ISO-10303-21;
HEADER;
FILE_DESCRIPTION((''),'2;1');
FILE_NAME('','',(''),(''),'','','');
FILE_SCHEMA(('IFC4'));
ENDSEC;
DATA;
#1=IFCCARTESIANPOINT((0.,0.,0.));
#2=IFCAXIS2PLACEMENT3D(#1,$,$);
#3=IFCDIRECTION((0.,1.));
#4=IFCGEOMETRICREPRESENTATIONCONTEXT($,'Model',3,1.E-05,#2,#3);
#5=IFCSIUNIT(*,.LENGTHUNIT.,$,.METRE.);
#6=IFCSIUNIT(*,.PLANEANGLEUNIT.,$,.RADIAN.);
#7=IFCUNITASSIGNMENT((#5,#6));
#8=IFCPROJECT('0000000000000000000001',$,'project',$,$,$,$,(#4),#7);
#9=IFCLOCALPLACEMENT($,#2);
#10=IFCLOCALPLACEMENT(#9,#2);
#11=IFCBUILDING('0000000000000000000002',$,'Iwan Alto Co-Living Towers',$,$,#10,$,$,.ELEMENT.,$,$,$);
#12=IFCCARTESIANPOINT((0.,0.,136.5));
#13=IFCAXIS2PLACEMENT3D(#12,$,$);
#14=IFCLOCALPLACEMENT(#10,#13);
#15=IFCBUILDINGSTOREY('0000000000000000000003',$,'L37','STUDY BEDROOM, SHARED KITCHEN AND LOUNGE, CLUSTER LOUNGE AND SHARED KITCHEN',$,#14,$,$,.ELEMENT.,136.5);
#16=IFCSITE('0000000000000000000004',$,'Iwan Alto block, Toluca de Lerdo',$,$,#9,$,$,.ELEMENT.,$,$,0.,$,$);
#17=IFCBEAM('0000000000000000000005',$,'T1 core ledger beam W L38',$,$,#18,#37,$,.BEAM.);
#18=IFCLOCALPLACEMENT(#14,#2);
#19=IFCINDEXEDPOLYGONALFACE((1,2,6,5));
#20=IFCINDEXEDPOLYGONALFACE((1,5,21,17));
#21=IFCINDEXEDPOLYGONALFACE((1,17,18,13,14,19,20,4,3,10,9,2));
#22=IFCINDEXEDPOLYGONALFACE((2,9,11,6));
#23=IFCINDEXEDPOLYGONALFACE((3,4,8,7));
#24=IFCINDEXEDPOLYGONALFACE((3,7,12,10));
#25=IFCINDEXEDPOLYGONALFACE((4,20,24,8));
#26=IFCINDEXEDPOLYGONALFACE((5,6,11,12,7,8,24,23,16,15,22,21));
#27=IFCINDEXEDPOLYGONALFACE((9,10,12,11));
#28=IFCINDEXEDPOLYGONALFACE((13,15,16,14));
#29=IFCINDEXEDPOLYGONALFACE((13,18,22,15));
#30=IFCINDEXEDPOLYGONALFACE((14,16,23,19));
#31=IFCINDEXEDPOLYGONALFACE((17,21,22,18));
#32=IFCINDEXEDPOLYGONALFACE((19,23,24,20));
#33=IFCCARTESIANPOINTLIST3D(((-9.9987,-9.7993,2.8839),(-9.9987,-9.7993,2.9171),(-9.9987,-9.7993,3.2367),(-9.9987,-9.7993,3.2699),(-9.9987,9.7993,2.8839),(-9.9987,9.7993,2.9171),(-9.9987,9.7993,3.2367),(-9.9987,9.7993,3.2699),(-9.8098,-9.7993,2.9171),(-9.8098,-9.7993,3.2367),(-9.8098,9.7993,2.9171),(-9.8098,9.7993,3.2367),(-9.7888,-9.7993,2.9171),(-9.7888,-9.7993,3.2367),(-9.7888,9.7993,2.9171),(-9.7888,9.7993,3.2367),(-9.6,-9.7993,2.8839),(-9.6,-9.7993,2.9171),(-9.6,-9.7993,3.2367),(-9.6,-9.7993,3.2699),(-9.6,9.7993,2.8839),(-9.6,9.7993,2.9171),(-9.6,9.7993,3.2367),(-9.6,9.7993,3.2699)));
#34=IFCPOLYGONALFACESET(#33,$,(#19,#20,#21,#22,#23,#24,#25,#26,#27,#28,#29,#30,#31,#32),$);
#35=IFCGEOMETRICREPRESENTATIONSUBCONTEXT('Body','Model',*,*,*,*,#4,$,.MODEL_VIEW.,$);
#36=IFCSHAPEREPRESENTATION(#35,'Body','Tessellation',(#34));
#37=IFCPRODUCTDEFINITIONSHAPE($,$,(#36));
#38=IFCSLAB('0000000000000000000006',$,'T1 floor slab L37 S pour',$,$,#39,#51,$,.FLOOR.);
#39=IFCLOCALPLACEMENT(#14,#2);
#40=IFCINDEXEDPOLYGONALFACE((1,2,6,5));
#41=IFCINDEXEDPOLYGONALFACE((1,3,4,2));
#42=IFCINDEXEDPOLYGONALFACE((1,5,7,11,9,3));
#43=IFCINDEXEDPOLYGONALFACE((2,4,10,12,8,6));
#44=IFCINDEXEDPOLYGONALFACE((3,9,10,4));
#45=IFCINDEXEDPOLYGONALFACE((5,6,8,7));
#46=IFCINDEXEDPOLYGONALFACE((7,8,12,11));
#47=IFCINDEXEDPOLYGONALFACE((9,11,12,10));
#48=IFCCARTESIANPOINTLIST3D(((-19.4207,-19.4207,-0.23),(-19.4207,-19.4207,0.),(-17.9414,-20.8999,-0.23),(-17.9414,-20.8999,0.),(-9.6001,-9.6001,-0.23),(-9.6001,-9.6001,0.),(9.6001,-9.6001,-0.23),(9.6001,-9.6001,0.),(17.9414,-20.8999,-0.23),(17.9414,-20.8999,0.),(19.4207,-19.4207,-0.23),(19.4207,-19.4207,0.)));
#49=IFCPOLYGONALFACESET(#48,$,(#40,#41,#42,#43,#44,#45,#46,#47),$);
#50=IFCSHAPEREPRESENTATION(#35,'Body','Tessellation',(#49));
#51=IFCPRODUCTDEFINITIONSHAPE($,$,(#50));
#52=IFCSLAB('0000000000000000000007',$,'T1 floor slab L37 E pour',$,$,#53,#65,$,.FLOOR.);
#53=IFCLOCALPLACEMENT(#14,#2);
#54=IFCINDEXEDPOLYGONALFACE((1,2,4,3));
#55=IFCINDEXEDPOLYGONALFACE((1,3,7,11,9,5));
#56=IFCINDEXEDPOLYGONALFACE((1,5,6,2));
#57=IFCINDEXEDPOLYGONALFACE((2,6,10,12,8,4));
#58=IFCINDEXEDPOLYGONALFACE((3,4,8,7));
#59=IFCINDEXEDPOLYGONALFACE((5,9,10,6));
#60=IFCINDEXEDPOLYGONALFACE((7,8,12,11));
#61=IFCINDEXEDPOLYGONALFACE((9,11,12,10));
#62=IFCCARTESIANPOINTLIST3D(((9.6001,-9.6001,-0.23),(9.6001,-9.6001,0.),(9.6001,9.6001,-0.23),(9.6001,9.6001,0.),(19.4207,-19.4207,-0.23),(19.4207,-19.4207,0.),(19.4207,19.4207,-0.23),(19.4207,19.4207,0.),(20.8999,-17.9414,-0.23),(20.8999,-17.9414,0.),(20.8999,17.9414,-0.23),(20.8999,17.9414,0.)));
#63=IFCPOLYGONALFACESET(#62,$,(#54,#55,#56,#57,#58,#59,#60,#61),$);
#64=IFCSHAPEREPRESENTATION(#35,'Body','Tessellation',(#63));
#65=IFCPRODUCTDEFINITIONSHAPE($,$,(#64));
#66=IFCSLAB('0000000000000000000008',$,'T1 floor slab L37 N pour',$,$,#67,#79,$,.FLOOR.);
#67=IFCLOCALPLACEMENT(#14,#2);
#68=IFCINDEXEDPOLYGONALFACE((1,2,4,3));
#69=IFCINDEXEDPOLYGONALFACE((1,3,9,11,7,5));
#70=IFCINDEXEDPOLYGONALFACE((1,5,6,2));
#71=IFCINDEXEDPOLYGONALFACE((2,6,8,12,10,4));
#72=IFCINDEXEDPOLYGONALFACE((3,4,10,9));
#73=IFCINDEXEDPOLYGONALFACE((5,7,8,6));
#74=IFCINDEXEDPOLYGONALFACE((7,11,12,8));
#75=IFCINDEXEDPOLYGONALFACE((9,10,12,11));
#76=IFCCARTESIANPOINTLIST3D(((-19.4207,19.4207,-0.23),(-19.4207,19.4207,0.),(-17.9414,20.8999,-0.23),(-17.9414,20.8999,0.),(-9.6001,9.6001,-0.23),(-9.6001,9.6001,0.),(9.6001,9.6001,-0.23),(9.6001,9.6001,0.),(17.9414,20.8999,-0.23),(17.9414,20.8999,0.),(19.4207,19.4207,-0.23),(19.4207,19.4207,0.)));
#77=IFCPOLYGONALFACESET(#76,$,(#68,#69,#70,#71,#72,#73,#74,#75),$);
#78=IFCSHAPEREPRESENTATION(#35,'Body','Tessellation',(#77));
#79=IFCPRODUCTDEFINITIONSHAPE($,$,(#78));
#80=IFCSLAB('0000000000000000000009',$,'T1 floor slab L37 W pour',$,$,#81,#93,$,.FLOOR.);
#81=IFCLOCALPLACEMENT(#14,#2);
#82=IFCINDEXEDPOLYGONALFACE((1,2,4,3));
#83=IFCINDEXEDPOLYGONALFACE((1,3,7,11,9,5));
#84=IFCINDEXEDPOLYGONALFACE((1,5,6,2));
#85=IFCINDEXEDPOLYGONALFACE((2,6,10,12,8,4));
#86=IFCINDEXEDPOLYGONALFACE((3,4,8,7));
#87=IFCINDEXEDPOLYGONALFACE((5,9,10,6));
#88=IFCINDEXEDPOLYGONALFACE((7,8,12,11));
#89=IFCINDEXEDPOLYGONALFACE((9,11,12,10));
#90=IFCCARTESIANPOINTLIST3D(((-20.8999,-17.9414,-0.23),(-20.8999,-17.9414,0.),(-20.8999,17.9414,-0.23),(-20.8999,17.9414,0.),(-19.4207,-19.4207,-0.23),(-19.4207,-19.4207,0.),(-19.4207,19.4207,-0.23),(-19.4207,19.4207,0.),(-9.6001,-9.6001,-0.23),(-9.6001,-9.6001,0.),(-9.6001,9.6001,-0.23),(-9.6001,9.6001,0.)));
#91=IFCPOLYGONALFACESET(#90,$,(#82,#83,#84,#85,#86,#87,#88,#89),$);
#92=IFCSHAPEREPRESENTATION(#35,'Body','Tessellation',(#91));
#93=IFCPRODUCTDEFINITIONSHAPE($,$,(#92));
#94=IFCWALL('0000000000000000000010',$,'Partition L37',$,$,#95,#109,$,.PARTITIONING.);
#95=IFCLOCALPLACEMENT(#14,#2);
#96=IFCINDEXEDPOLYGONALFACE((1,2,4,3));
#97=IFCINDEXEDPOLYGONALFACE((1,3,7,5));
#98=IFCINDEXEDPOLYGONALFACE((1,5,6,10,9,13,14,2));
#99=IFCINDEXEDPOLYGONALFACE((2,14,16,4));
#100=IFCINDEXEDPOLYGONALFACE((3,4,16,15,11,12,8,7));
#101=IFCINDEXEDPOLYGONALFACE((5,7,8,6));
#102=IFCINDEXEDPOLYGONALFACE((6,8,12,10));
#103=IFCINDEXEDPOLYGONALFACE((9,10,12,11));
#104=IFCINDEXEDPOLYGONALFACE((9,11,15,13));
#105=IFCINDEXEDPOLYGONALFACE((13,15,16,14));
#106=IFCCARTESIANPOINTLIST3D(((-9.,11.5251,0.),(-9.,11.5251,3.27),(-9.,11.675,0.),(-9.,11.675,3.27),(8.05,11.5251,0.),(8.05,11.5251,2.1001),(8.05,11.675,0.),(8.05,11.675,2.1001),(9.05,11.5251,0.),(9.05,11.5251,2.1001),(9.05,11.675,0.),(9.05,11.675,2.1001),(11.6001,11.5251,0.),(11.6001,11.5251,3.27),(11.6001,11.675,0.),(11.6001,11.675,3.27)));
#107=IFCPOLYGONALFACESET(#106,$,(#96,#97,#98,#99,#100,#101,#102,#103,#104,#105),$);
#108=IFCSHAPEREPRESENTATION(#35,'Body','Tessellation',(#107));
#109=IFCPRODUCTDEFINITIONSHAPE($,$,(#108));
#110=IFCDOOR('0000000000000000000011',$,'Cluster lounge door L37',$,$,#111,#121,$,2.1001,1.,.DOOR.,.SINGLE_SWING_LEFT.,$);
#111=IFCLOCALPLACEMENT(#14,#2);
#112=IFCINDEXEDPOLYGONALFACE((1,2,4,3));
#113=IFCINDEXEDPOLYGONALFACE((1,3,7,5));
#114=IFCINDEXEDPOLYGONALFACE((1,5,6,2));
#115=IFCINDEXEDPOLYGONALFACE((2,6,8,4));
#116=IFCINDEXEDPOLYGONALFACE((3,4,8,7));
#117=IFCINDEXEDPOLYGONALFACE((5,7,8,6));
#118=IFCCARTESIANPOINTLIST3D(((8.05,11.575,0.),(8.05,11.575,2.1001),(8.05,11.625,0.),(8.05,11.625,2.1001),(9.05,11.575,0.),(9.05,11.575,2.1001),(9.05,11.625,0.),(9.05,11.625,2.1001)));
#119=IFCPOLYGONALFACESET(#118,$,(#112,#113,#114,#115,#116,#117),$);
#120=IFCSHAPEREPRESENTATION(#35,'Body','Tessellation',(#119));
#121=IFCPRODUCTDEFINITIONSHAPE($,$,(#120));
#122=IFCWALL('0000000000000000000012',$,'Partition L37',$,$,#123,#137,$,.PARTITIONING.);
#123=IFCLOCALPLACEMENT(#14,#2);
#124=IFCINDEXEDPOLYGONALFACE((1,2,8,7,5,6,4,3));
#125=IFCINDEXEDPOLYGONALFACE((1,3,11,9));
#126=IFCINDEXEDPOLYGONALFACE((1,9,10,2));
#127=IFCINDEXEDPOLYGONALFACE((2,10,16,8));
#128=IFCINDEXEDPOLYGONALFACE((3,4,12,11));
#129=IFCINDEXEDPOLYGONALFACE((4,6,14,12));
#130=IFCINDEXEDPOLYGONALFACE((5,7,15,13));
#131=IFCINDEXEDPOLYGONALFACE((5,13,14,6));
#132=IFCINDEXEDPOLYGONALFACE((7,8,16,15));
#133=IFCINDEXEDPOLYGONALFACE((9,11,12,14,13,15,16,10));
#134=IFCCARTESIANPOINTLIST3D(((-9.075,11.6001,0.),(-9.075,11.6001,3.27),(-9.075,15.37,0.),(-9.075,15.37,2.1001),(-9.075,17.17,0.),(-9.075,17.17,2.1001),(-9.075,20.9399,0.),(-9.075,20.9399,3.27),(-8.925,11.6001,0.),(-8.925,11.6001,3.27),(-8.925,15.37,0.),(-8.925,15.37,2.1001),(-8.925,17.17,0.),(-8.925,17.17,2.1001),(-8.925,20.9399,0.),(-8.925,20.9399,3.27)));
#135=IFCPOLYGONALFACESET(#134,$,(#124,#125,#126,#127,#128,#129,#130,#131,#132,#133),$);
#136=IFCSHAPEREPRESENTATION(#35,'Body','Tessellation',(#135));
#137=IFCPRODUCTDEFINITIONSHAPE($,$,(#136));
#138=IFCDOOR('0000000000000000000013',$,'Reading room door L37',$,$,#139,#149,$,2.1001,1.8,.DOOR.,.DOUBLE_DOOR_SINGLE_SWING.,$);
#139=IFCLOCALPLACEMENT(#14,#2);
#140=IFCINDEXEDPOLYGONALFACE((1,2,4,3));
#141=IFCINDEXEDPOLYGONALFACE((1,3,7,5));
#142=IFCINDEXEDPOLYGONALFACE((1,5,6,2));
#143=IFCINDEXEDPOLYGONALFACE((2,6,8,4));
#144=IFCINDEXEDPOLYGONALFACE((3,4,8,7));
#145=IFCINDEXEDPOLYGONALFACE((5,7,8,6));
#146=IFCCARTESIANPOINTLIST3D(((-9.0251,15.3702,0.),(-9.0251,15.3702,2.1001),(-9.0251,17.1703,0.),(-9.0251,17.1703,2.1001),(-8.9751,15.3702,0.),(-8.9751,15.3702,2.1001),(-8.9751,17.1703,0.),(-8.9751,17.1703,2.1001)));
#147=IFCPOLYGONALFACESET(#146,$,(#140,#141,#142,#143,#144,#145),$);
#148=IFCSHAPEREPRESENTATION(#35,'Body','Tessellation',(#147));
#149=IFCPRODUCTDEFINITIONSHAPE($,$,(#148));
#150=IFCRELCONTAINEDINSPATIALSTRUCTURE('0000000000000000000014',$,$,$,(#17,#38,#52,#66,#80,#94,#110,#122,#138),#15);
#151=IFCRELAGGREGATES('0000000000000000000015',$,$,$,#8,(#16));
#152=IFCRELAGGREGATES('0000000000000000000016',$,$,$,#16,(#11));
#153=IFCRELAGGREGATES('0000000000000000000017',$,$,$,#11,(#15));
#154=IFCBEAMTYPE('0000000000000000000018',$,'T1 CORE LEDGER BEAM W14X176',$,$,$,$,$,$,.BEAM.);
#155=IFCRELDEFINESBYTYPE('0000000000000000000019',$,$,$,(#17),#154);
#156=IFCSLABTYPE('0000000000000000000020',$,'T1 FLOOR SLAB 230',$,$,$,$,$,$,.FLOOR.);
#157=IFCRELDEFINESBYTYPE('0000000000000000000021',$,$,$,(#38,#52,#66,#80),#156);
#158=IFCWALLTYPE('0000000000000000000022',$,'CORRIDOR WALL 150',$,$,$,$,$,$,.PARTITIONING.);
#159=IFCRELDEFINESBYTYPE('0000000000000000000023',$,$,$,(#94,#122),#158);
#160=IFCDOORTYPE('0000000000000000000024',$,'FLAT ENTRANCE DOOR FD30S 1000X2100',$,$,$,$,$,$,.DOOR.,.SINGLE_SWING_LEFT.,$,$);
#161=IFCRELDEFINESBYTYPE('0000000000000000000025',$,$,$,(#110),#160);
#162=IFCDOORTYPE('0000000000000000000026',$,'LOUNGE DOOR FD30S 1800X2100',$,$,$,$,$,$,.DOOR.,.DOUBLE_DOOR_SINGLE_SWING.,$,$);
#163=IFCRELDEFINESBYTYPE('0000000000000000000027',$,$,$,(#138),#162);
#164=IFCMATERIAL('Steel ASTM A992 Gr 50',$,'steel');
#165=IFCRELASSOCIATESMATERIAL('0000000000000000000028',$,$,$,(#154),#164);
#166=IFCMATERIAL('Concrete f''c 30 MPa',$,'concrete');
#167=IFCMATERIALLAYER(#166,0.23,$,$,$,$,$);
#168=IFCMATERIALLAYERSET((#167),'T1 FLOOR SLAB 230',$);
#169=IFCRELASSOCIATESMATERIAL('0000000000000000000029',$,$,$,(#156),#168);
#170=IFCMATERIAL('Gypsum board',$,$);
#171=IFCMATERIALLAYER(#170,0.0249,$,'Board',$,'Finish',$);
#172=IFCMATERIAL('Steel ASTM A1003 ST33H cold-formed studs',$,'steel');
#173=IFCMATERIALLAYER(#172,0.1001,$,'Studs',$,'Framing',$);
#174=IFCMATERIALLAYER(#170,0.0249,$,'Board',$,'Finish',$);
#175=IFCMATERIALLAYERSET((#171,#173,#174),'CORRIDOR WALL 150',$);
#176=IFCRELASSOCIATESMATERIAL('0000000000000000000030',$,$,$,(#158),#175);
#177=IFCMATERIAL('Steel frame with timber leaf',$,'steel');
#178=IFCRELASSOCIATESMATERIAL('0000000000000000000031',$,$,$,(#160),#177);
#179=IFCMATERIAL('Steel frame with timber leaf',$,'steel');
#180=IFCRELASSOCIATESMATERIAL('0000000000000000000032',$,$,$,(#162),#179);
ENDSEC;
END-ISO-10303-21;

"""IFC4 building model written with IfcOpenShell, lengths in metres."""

from ifc_helpers import new_model, si_unit, direction, frame, frame_2d, origin, origin_2d, place, context, subcontext, project, spatial, polyline, rectangle, i_section, outline, extrude, material, layer, layer_set, material_profile, profile_set, type_object, element, fill, save


model = new_model("IFC4")

# Units and contexts
model_context = context("Model", 3, precision=1e-05, world=origin(), true_north=direction((0.0, 1.0)))
body_context = subcontext(model_context, "Body", "Model", "MODEL_VIEW")
ifc_project = project(units=[si_unit("LENGTHUNIT", "METRE"), si_unit("PLANEANGLEUNIT", "RADIAN")], contexts=[model_context])

# Site, building, storey
site_placement = place(None, origin())
site = spatial("IfcSite", under=ifc_project, at=site_placement, Name="Iwan Alto block, Toluca de Lerdo", CompositionType="ELEMENT", RefElevation=0.0)
building_placement = place(site_placement, origin())
building = spatial("IfcBuilding", under=site, at=building_placement, Name="Iwan Alto Co-Living Towers", CompositionType="ELEMENT")
storey_placement = place(building_placement, frame((0.0, 0.0, 136.5)))
storey = spatial("IfcBuildingStorey", under=building, at=storey_placement, Name="L37", Description="STUDY BEDROOM, SHARED KITCHEN AND LOUNGE, CLUSTER LOUNGE AND SHARED KITCHEN", CompositionType="ELEMENT", Elevation=136.5)

# Beam
ifc_material_1 = material(Name="Steel ASTM A992 Gr 50", Category="steel")
ifc_material_profile = material_profile(ifc_material_1, i_section(OverallWidth=0.3987, OverallDepth=0.386, WebThickness=0.021, FlangeThickness=0.0332, at=origin_2d()), Name="W14X176")
ifc_profile_set = profile_set([ifc_material_profile], Name="Steel ASTM A992 Gr 50")
beam_type = type_object("IfcBeamType", Name="T1 CORE LEDGER BEAM W14X176", PredefinedType="BEAM", material=ifc_profile_set)
beam_placement = place(storey_placement, frame((-9.7993, 9.7993, 3.0769), z_axis=(0.0, -1.0, 0.0), x_axis=(1.0, 0.0, 0.0)))
element("IfcBeam", 1, at=beam_placement, inside=storey, type_object=beam_type, Name="T1 core ledger beam W L38", PredefinedType="BEAM", context=body_context, shape_type="SweptSolid", body=[
    extrude(i_section(OverallWidth=0.3987, OverallDepth=0.386, WebThickness=0.021, FlangeThickness=0.0332, at=origin_2d()), origin(), (0.0, 0.0, 1.0), 19.5986),
])

# Slabs
ifc_material_2 = material(Name="Concrete f'c 30 MPa", Category="concrete")
ifc_layer_1 = layer(ifc_material_2, 0.23)
ifc_layer_set_1 = layer_set([ifc_layer_1], Name="T1 FLOOR SLAB 230")
slab_type = type_object("IfcSlabType", Name="T1 FLOOR SLAB 230", PredefinedType="FLOOR", material=ifc_layer_set_1)
slab_1_placement = place(storey_placement, frame((0.0, 0.0, -0.23)))
element("IfcSlab", 2, at=slab_1_placement, inside=storey, type_object=slab_type, Name="T1 floor slab L37 S pour", PredefinedType="FLOOR", context=body_context, shape_type="SweptSolid", body=[
    extrude(outline(polyline([(17.9414, -20.8999), (-17.9414, -20.8999), (-19.4207, -19.4207), (-9.6001, -9.6001), (9.6001, -9.6001), (19.4207, -19.4207), (17.9414, -20.8999)])), origin(), (0.0, 0.0, 1.0), 0.23),
])
slab_2_placement = place(storey_placement, frame((0.0, 0.0, -0.23)))
element("IfcSlab", 3, at=slab_2_placement, inside=storey, type_object=slab_type, Name="T1 floor slab L37 E pour", PredefinedType="FLOOR", context=body_context, shape_type="SweptSolid", body=[
    extrude(outline(polyline([(20.8999, 17.9414), (20.8999, -17.9414), (19.4207, -19.4207), (9.6001, -9.6001), (9.6001, 9.6001), (19.4207, 19.4207), (20.8999, 17.9414)])), origin(), (0.0, 0.0, 1.0), 0.23),
])
slab_3_placement = place(storey_placement, frame((0.0, 0.0, -0.23)))
element("IfcSlab", 4, at=slab_3_placement, inside=storey, type_object=slab_type, Name="T1 floor slab L37 N pour", PredefinedType="FLOOR", context=body_context, shape_type="SweptSolid", body=[
    extrude(outline(polyline([(-17.9414, 20.8999), (17.9414, 20.8999), (19.4207, 19.4207), (9.6001, 9.6001), (-9.6001, 9.6001), (-19.4207, 19.4207), (-17.9414, 20.8999)])), origin(), (0.0, 0.0, 1.0), 0.23),
])
slab_4_placement = place(storey_placement, frame((0.0, 0.0, -0.23)))
element("IfcSlab", 5, at=slab_4_placement, inside=storey, type_object=slab_type, Name="T1 floor slab L37 W pour", PredefinedType="FLOOR", context=body_context, shape_type="SweptSolid", body=[
    extrude(outline(polyline([(-20.8999, 17.9414), (-19.4207, 19.4207), (-9.6001, 9.6001), (-9.6001, -9.6001), (-19.4207, -19.4207), (-20.8999, -17.9414), (-20.8999, 17.9414)])), origin(), (0.0, 0.0, 1.0), 0.23),
])

# Walls, openings, doors
ifc_material_3 = material(Name="Gypsum board")
ifc_layer_2 = layer(ifc_material_3, 0.0249, Name="Board", Category="Finish")
ifc_material_4 = material(Name="Steel ASTM A1003 ST33H cold-formed studs", Category="steel")
ifc_layer_3 = layer(ifc_material_4, 0.1001, Name="Studs", Category="Framing")
ifc_layer_4 = layer(ifc_material_3, 0.0249, Name="Board", Category="Finish")
ifc_layer_set_2 = layer_set([ifc_layer_2, ifc_layer_3, ifc_layer_4], Name="CORRIDOR WALL 150")
wall_type_1 = type_object("IfcWallType", Name="CORRIDOR WALL 150", PredefinedType="PARTITIONING", material=ifc_layer_set_2)
wall_1_placement = place(storey_placement, frame((-9.0, 11.6001, 0.0), z_axis=(0.0, 0.0, 1.0), x_axis=(1.0, 0.0, 0.0)))
wall_1 = element("IfcWall", 6, at=wall_1_placement, inside=storey, type_object=wall_type_1, Name="Partition L37", PredefinedType="PARTITIONING", context=body_context, shape_type="SweptSolid", body=[
    extrude(rectangle(XDim=20.6001, YDim=0.1499, at=frame_2d((10.3, 0.0))), origin(), (0.0, 0.0, 1.0), 3.27),
])
opening_1_placement = place(wall_1_placement, frame((17.05, 0.0, 0.0)))
opening_1 = element("IfcOpeningElement", 7, at=opening_1_placement, cuts=wall_1, PredefinedType="OPENING", context=body_context, shape_type="SweptSolid", body=[
    extrude(rectangle(XDim=1.0, YDim=2.1001, at=frame_2d((0.5, 1.05))), frame((0.0, 0.085, 0.0), z_axis=(0.0, -1.0, 0.0), x_axis=(1.0, 0.0, 0.0)), (0.0, 0.0, 1.0), 0.1699),
])
ifc_material_5 = material(Name="Steel frame with timber leaf", Category="steel")
door_type_1 = type_object("IfcDoorType", Name="FLAT ENTRANCE DOOR FD30S 1000X2100", OperationType="SINGLE_SWING_LEFT", PredefinedType="DOOR", material=ifc_material_5)
door_1_placement = place(opening_1_placement, origin())
door_1 = element("IfcDoor", 8, at=door_1_placement, inside=storey, type_object=door_type_1, Name="Cluster lounge door L37", OperationType="SINGLE_SWING_LEFT", OverallHeight=2.1001, OverallWidth=1.0, PredefinedType="DOOR", context=body_context, shape_type="SweptSolid", body=[
    extrude(rectangle(XDim=1.0, YDim=2.1001, at=frame_2d((0.5, 1.05))), frame((0.0, 0.0249, 0.0), z_axis=(0.0, -1.0, 0.0), x_axis=(1.0, 0.0, 0.0)), (0.0, 0.0, 1.0), 0.05),
])
fill(opening_1, door_1)
wall_2_placement = place(storey_placement, frame((-9.0, 11.6001, 0.0), z_axis=(0.0, 0.0, 1.0), x_axis=(0.0, 1.0, 0.0)))
wall_2 = element("IfcWall", 9, at=wall_2_placement, inside=storey, type_object=wall_type_1, Name="Partition L37", PredefinedType="PARTITIONING", context=body_context, shape_type="SweptSolid", body=[
    extrude(rectangle(XDim=9.3398, YDim=0.1499, at=frame_2d((4.6699, 0.0))), origin(), (0.0, 0.0, 1.0), 3.27),
])
opening_2_placement = place(wall_2_placement, frame((3.77, 0.0, 0.0)))
opening_2 = element("IfcOpeningElement", 10, at=opening_2_placement, cuts=wall_2, PredefinedType="OPENING", context=body_context, shape_type="SweptSolid", body=[
    extrude(rectangle(XDim=1.8, YDim=2.1001, at=frame_2d((0.8999, 1.05))), frame((0.0, 0.085, 0.0), z_axis=(0.0, -1.0, 0.0), x_axis=(1.0, 0.0, 0.0)), (0.0, 0.0, 1.0), 0.1699),
])
ifc_material_6 = material(Name="Steel frame with timber leaf", Category="steel")
door_type_2 = type_object("IfcDoorType", Name="LOUNGE DOOR FD30S 1800X2100", OperationType="DOUBLE_DOOR_SINGLE_SWING", PredefinedType="DOOR", material=ifc_material_6)
door_2_placement = place(opening_2_placement, frame((1.8, 0.0, 0.0), z_axis=(0.0, 0.0, 1.0), x_axis=(-1.0, 0.0, 0.0)))
door_2 = element("IfcDoor", 11, at=door_2_placement, inside=storey, type_object=door_type_2, Name="Reading room door L37", OperationType="DOUBLE_DOOR_SINGLE_SWING", OverallHeight=2.1001, OverallWidth=1.8, PredefinedType="DOOR", context=body_context, shape_type="SweptSolid", body=[
    extrude(rectangle(XDim=1.8, YDim=2.1001, at=frame_2d((0.8999, 1.05))), frame((0.0, 0.0249, 0.0), z_axis=(0.0, -1.0, 0.0), x_axis=(1.0, 0.0, 0.0)), (0.0, 0.0, 1.0), 0.05),
])
fill(opening_2, door_2)

save(model, "model.ifc")
